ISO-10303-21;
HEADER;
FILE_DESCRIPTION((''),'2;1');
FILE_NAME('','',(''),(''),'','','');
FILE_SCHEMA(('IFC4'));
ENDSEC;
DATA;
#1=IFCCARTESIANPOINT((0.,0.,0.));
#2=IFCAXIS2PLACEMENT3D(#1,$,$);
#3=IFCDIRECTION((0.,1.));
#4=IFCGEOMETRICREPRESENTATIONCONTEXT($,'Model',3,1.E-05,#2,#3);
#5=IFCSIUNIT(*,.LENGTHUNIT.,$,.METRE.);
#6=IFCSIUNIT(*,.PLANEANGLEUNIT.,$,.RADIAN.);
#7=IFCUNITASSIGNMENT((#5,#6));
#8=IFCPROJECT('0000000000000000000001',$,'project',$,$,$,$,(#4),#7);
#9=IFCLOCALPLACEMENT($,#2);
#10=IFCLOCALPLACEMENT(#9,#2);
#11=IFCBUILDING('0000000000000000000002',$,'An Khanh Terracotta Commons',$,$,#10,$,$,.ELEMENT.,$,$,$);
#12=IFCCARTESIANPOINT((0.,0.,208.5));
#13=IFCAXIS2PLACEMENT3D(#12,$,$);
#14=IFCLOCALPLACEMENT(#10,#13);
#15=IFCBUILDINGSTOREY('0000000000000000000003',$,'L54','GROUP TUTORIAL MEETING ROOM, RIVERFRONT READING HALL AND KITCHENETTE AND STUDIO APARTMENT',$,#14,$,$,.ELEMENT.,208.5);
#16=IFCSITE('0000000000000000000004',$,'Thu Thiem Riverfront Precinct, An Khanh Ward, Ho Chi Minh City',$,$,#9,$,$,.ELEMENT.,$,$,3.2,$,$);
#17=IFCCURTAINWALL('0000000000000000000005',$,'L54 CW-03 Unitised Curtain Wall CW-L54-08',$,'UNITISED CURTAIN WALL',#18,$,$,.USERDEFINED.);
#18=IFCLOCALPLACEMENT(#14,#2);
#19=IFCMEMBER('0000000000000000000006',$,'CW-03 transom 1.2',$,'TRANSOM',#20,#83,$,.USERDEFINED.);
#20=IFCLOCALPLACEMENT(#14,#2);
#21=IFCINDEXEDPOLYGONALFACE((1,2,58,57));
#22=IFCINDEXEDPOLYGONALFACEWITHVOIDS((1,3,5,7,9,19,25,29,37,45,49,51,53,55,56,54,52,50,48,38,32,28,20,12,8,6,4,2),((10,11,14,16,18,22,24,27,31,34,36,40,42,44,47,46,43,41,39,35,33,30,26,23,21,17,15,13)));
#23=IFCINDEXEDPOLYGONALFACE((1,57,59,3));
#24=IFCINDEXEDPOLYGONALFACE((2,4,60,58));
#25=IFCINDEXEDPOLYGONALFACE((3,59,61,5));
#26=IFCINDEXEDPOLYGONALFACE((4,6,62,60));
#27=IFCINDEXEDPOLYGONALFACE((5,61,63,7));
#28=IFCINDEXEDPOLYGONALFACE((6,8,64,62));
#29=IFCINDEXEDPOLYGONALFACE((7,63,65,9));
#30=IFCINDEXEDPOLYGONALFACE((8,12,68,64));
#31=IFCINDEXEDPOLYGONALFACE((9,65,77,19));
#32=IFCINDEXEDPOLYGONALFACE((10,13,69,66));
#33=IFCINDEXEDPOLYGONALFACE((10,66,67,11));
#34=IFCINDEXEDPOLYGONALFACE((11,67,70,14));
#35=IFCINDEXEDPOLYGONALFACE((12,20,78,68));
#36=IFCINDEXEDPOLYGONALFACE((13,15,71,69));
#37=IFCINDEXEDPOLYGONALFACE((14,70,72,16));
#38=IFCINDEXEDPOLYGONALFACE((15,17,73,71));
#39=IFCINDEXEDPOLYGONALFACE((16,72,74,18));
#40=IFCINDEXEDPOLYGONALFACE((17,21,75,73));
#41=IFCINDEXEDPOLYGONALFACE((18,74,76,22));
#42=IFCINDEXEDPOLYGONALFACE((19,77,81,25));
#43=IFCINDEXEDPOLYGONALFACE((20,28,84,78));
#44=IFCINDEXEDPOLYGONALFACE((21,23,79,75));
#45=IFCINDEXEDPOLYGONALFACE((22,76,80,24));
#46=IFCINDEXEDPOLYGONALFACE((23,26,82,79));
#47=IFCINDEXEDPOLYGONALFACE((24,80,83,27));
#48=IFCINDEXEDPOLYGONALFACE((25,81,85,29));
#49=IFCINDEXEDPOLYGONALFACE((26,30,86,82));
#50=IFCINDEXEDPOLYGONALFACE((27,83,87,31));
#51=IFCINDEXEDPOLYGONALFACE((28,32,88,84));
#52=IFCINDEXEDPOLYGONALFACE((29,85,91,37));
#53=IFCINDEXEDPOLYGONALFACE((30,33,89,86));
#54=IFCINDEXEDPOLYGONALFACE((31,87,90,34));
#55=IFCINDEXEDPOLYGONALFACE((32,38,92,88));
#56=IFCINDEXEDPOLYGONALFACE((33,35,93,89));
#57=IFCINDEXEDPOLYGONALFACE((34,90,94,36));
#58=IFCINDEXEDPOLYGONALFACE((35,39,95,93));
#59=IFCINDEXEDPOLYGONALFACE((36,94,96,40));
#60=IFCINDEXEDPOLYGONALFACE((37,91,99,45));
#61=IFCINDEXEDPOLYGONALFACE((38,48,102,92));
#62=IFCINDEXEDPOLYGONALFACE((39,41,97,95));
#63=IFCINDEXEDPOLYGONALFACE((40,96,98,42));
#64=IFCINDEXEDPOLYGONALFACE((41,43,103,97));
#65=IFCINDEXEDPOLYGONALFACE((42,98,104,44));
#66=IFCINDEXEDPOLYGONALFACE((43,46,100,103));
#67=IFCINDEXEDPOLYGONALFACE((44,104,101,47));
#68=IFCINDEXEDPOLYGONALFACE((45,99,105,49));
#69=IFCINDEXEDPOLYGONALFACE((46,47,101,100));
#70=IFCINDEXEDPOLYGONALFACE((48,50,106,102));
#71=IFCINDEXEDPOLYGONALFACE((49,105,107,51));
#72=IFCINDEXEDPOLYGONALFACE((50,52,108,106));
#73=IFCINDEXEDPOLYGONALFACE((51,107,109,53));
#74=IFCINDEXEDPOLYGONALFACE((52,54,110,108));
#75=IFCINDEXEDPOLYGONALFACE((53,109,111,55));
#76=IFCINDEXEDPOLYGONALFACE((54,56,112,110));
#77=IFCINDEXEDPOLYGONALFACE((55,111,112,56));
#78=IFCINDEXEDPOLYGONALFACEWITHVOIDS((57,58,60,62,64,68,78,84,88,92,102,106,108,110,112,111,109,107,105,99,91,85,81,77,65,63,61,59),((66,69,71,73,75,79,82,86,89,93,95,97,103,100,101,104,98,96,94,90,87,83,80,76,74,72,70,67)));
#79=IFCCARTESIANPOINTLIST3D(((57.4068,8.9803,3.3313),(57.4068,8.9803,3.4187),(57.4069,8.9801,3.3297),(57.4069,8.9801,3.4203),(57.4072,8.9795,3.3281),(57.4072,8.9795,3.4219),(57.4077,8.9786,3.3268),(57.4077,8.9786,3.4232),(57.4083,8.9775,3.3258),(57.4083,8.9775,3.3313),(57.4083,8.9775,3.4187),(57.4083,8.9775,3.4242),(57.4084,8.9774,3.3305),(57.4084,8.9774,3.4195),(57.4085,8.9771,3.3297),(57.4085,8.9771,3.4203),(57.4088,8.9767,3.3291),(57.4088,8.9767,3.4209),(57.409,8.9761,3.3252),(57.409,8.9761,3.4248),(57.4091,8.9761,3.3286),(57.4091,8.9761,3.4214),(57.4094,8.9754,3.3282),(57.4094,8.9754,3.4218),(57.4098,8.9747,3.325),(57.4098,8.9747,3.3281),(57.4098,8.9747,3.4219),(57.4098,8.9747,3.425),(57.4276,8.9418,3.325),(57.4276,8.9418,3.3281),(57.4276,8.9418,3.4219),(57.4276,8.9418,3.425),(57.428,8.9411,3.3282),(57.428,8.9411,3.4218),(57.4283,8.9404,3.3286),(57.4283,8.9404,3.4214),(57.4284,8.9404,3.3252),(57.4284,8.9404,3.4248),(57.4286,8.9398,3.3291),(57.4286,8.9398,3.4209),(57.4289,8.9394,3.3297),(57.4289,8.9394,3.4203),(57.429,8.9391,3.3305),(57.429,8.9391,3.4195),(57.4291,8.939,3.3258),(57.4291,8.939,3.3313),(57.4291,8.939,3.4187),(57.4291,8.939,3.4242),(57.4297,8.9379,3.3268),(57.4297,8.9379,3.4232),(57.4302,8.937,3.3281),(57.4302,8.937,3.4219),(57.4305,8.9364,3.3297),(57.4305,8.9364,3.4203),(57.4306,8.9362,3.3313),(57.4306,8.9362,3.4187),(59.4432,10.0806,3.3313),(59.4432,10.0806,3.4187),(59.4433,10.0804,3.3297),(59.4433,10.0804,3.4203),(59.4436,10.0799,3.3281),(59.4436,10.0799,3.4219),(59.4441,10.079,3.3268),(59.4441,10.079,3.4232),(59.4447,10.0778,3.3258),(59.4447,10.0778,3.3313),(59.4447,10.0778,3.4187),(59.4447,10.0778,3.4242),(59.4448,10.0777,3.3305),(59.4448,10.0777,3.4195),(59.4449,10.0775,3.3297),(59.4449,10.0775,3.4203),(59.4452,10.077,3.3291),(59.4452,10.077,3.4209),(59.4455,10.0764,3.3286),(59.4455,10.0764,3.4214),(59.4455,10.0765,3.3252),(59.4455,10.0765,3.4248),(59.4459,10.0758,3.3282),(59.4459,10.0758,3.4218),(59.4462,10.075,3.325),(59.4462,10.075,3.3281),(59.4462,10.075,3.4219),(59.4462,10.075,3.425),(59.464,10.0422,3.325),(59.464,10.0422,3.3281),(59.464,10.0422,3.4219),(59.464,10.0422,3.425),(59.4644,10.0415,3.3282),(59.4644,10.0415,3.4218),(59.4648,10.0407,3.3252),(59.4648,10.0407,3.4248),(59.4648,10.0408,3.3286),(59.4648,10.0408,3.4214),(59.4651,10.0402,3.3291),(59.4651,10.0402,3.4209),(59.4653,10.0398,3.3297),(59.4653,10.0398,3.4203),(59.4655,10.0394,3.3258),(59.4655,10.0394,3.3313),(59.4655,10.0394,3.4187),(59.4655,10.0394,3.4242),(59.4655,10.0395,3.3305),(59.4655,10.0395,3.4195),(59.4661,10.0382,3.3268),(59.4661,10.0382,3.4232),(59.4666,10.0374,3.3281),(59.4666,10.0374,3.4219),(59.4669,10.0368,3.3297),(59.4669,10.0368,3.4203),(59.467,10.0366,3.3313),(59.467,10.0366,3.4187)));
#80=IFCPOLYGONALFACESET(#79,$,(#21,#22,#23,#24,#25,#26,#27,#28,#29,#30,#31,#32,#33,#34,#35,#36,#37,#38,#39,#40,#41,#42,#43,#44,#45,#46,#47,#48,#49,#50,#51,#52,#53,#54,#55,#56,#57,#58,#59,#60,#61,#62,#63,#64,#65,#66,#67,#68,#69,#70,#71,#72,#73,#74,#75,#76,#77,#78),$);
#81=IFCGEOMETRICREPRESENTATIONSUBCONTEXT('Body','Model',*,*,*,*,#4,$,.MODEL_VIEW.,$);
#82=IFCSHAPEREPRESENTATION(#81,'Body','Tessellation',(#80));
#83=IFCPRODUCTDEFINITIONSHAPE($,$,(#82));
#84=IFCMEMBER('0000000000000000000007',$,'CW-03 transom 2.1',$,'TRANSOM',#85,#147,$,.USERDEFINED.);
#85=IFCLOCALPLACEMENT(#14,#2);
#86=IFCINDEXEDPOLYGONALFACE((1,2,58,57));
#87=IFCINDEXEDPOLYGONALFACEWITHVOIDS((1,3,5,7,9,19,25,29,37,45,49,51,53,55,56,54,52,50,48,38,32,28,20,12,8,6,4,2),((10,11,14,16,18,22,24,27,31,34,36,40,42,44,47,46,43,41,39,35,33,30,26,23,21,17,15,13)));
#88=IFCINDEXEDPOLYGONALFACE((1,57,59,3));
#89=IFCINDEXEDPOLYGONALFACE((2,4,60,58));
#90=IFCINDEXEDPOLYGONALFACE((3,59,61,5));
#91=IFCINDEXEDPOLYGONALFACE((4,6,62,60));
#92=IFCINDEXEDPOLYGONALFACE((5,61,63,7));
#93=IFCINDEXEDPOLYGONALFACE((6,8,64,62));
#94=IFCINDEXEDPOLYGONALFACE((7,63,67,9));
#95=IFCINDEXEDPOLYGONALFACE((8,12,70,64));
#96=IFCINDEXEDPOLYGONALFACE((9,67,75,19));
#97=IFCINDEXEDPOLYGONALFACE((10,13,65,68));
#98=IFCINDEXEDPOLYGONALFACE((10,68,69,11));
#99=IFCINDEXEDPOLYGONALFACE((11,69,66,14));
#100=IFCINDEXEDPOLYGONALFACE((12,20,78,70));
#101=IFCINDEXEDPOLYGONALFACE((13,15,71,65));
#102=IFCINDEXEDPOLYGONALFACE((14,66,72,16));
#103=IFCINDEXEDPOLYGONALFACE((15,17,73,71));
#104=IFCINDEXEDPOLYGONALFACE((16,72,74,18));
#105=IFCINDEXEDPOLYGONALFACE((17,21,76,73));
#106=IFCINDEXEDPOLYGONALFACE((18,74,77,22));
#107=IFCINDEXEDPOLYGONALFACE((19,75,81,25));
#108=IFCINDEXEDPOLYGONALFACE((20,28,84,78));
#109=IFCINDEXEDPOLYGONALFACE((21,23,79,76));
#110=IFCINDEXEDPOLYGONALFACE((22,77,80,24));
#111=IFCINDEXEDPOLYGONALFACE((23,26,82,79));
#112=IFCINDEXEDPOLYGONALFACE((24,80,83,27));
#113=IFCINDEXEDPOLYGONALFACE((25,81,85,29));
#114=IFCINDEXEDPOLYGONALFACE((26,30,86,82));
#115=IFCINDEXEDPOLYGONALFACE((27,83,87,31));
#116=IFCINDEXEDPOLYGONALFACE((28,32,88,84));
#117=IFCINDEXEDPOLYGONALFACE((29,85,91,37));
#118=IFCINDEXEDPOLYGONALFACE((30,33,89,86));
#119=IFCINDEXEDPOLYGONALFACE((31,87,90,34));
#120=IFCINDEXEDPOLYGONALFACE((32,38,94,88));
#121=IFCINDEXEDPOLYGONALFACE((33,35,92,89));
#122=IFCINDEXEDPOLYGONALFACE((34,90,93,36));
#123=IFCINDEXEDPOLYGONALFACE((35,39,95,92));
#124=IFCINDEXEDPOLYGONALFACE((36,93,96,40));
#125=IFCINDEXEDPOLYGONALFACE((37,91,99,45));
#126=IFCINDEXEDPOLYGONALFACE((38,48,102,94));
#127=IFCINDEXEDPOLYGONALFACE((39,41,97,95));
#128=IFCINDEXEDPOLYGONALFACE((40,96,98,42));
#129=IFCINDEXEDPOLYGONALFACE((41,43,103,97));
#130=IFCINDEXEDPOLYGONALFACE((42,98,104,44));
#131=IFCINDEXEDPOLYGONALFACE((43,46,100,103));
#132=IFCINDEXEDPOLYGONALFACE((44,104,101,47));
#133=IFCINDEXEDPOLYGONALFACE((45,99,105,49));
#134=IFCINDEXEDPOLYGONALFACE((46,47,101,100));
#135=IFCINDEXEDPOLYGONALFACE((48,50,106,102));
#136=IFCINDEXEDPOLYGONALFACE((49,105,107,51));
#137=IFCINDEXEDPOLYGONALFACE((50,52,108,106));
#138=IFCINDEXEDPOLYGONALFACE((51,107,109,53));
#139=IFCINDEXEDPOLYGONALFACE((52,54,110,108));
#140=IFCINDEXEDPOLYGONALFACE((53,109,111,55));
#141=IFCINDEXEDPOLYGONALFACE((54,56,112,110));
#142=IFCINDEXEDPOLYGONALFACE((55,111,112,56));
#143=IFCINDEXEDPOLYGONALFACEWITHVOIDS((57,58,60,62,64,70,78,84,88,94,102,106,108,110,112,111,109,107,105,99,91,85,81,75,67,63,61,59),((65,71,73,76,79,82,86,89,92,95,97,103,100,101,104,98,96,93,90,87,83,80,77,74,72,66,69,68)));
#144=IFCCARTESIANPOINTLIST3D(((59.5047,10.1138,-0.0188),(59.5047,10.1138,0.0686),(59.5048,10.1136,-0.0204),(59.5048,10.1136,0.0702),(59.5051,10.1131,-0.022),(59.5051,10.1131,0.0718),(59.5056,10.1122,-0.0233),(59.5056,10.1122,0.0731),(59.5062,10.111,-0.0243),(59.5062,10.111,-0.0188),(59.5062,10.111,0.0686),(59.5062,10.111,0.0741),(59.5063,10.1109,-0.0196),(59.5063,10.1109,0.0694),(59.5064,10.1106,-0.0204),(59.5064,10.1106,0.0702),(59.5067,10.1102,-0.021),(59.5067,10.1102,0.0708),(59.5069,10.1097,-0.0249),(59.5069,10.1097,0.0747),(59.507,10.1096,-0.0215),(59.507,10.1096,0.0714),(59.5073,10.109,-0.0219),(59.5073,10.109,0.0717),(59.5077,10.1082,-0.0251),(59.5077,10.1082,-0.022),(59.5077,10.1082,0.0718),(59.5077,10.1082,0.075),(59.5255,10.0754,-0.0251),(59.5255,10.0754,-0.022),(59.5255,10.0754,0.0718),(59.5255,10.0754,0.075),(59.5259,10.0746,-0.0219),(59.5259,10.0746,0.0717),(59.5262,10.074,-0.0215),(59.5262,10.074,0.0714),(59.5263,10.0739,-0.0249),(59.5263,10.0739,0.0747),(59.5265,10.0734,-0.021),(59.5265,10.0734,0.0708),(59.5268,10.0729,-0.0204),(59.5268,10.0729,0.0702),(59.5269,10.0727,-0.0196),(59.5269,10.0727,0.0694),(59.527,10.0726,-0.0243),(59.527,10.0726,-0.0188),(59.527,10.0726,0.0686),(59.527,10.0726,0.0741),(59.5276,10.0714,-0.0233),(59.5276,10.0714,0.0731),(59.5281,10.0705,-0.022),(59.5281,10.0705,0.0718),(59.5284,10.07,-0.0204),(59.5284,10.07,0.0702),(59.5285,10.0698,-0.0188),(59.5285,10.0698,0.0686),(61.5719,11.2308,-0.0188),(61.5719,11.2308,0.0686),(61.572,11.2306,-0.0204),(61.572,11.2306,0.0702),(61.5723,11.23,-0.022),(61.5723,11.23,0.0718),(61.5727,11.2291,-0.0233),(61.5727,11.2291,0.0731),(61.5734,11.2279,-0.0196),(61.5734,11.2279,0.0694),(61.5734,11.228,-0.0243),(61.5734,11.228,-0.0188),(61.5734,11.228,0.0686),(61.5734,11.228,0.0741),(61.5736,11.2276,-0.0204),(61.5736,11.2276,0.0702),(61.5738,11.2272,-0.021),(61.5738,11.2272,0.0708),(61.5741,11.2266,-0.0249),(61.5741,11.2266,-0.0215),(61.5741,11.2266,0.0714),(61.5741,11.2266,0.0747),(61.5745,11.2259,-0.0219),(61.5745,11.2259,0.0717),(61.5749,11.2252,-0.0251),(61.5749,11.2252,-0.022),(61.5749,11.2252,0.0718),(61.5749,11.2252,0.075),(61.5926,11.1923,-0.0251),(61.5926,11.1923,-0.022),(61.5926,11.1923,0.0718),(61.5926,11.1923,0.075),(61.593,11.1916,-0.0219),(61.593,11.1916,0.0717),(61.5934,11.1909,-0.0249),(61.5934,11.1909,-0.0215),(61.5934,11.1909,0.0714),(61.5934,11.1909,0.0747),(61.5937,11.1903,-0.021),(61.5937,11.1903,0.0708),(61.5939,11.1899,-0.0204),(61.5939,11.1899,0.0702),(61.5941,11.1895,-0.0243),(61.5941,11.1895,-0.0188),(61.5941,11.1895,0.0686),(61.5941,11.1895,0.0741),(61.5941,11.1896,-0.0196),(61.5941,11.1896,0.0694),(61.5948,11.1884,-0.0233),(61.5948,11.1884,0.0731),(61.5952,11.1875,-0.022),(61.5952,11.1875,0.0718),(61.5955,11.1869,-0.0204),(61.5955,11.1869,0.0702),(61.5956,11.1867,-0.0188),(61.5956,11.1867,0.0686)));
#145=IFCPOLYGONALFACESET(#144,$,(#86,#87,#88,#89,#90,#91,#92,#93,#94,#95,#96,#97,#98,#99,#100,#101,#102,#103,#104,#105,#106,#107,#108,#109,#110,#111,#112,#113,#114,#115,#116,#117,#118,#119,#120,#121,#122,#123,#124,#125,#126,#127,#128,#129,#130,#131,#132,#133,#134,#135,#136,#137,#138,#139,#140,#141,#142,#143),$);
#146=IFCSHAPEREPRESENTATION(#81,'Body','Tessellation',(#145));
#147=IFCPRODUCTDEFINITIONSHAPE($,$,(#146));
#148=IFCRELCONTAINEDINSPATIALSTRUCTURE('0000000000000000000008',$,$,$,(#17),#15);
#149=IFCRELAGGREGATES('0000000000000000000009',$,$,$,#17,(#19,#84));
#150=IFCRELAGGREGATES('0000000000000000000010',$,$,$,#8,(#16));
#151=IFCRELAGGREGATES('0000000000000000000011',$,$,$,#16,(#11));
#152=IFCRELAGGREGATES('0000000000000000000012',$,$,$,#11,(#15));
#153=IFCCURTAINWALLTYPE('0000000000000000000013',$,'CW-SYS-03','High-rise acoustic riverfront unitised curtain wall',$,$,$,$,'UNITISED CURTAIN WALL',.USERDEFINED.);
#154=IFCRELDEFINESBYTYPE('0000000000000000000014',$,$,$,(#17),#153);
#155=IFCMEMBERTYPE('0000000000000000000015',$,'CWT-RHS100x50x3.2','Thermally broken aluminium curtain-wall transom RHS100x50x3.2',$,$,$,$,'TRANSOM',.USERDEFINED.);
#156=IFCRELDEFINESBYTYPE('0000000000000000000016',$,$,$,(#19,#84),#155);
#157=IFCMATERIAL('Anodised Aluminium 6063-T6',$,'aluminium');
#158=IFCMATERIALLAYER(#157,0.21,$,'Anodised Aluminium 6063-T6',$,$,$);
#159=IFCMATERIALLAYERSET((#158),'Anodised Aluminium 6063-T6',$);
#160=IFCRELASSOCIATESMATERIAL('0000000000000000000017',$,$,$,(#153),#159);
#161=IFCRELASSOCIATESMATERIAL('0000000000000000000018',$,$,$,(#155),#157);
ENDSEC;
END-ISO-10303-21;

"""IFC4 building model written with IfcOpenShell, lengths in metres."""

from ifc_helpers import new_model, si_unit, direction, frame, origin, origin_2d, place, context, subcontext, project, spatial, hollow_rectangle, extrude, material, layer, layer_set, material_profile, profile_set, type_object, element, aggregate, save


model = new_model("IFC4")

# Units and contexts
model_context = context("Model", 3, precision=1e-05, world=origin(), true_north=direction((0.0, 1.0)))
body_context = subcontext(model_context, "Body", "Model", "MODEL_VIEW")
ifc_project = project(units=[si_unit("LENGTHUNIT", "METRE"), si_unit("PLANEANGLEUNIT", "RADIAN")], contexts=[model_context])

# Site, building, storey
site_placement = place(None, origin())
site = spatial("IfcSite", under=ifc_project, at=site_placement, Name="Thu Thiem Riverfront Precinct, An Khanh Ward, Ho Chi Minh City", CompositionType="ELEMENT", RefElevation=3.2)
building_placement = place(site_placement, origin())
building = spatial("IfcBuilding", under=site, at=building_placement, Name="An Khanh Terracotta Commons", CompositionType="ELEMENT")
storey_placement = place(building_placement, frame((0.0, 0.0, 208.5)))
storey = spatial("IfcBuildingStorey", under=building, at=storey_placement, Name="L54", Description="GROUP TUTORIAL MEETING ROOM, RIVERFRONT READING HALL AND KITCHENETTE AND STUDIO APARTMENT", CompositionType="ELEMENT", Elevation=208.5)

# Curtain wall, members
ifc_material_1 = material(Name="Anodised Aluminium 6063-T6", Category="aluminium")
ifc_layer_1 = layer(ifc_material_1, 0.21, Name="Anodised Aluminium 6063-T6")
ifc_layer_set_1 = layer_set([ifc_layer_1], Name="Anodised Aluminium 6063-T6")
curtain_wall_type = type_object("IfcCurtainWallType", Name="CW-SYS-03", Description="High-rise acoustic riverfront unitised curtain wall", ElementType="UNITISED CURTAIN WALL", PredefinedType="USERDEFINED", material=ifc_layer_set_1)
curtain_wall_placement = place(storey_placement, origin())
curtain_wall = element("IfcCurtainWall", 1, at=curtain_wall_placement, inside=storey, type_object=curtain_wall_type, Name="L54 CW-03 Unitised Curtain Wall CW-L54-08", ObjectType="UNITISED CURTAIN WALL", PredefinedType="USERDEFINED")
ifc_material_profile_1 = material_profile(ifc_material_1, hollow_rectangle(XDim=0.05, YDim=0.1001, WallThickness=0.0032, InnerFilletRadius=0.0032, OuterFilletRadius=0.0063, at=origin_2d()), Name="RHS100x50x3.2")
ifc_profile_set_1 = profile_set([ifc_material_profile_1], Name="Anodised Aluminium 6063-T6")
member_type_1 = type_object("IfcMemberType", Name="CWT-RHS100x50x3.2", Description="Thermally broken aluminium curtain-wall transom RHS100x50x3.2", ElementType="TRANSOM", PredefinedType="USERDEFINED", material=ifc_profile_set_1)
member_1_placement = place(storey_placement, frame((57.4187, 8.9583, 3.375), z_axis=(0.879779, 0.475382, 0.0), x_axis=(-0.475382, 0.879779, 0.0)))
member_1 = element("IfcMember", 2, at=member_1_placement, type_object=member_type_1, Name="CW-03 transom 1.2", ObjectType="TRANSOM", PredefinedType="USERDEFINED", context=body_context, shape_type="SweptSolid", body=[
    extrude(hollow_rectangle(XDim=0.05, YDim=0.1001, WallThickness=0.0032, InnerFilletRadius=0.0032, OuterFilletRadius=0.0063, at=origin_2d()), origin(), (0.0, 0.0, 1.0), 2.3147),
])
member_2_placement = place(storey_placement, frame((59.5166, 10.0918, 0.0249), z_axis=(0.879783, 0.475376, 0.0), x_axis=(-0.475376, 0.879783, 0.0)))
member_2 = element("IfcMember", 3, at=member_2_placement, type_object=member_type_1, Name="CW-03 transom 2.1", ObjectType="TRANSOM", PredefinedType="USERDEFINED", context=body_context, shape_type="SweptSolid", body=[
    extrude(hollow_rectangle(XDim=0.05, YDim=0.1001, WallThickness=0.0032, InnerFilletRadius=0.0032, OuterFilletRadius=0.0063, at=origin_2d()), origin(), (0.0, 0.0, 1.0), 2.3496),
])
aggregate(curtain_wall, [member_1, member_2])

save(model, "model.ifc")
